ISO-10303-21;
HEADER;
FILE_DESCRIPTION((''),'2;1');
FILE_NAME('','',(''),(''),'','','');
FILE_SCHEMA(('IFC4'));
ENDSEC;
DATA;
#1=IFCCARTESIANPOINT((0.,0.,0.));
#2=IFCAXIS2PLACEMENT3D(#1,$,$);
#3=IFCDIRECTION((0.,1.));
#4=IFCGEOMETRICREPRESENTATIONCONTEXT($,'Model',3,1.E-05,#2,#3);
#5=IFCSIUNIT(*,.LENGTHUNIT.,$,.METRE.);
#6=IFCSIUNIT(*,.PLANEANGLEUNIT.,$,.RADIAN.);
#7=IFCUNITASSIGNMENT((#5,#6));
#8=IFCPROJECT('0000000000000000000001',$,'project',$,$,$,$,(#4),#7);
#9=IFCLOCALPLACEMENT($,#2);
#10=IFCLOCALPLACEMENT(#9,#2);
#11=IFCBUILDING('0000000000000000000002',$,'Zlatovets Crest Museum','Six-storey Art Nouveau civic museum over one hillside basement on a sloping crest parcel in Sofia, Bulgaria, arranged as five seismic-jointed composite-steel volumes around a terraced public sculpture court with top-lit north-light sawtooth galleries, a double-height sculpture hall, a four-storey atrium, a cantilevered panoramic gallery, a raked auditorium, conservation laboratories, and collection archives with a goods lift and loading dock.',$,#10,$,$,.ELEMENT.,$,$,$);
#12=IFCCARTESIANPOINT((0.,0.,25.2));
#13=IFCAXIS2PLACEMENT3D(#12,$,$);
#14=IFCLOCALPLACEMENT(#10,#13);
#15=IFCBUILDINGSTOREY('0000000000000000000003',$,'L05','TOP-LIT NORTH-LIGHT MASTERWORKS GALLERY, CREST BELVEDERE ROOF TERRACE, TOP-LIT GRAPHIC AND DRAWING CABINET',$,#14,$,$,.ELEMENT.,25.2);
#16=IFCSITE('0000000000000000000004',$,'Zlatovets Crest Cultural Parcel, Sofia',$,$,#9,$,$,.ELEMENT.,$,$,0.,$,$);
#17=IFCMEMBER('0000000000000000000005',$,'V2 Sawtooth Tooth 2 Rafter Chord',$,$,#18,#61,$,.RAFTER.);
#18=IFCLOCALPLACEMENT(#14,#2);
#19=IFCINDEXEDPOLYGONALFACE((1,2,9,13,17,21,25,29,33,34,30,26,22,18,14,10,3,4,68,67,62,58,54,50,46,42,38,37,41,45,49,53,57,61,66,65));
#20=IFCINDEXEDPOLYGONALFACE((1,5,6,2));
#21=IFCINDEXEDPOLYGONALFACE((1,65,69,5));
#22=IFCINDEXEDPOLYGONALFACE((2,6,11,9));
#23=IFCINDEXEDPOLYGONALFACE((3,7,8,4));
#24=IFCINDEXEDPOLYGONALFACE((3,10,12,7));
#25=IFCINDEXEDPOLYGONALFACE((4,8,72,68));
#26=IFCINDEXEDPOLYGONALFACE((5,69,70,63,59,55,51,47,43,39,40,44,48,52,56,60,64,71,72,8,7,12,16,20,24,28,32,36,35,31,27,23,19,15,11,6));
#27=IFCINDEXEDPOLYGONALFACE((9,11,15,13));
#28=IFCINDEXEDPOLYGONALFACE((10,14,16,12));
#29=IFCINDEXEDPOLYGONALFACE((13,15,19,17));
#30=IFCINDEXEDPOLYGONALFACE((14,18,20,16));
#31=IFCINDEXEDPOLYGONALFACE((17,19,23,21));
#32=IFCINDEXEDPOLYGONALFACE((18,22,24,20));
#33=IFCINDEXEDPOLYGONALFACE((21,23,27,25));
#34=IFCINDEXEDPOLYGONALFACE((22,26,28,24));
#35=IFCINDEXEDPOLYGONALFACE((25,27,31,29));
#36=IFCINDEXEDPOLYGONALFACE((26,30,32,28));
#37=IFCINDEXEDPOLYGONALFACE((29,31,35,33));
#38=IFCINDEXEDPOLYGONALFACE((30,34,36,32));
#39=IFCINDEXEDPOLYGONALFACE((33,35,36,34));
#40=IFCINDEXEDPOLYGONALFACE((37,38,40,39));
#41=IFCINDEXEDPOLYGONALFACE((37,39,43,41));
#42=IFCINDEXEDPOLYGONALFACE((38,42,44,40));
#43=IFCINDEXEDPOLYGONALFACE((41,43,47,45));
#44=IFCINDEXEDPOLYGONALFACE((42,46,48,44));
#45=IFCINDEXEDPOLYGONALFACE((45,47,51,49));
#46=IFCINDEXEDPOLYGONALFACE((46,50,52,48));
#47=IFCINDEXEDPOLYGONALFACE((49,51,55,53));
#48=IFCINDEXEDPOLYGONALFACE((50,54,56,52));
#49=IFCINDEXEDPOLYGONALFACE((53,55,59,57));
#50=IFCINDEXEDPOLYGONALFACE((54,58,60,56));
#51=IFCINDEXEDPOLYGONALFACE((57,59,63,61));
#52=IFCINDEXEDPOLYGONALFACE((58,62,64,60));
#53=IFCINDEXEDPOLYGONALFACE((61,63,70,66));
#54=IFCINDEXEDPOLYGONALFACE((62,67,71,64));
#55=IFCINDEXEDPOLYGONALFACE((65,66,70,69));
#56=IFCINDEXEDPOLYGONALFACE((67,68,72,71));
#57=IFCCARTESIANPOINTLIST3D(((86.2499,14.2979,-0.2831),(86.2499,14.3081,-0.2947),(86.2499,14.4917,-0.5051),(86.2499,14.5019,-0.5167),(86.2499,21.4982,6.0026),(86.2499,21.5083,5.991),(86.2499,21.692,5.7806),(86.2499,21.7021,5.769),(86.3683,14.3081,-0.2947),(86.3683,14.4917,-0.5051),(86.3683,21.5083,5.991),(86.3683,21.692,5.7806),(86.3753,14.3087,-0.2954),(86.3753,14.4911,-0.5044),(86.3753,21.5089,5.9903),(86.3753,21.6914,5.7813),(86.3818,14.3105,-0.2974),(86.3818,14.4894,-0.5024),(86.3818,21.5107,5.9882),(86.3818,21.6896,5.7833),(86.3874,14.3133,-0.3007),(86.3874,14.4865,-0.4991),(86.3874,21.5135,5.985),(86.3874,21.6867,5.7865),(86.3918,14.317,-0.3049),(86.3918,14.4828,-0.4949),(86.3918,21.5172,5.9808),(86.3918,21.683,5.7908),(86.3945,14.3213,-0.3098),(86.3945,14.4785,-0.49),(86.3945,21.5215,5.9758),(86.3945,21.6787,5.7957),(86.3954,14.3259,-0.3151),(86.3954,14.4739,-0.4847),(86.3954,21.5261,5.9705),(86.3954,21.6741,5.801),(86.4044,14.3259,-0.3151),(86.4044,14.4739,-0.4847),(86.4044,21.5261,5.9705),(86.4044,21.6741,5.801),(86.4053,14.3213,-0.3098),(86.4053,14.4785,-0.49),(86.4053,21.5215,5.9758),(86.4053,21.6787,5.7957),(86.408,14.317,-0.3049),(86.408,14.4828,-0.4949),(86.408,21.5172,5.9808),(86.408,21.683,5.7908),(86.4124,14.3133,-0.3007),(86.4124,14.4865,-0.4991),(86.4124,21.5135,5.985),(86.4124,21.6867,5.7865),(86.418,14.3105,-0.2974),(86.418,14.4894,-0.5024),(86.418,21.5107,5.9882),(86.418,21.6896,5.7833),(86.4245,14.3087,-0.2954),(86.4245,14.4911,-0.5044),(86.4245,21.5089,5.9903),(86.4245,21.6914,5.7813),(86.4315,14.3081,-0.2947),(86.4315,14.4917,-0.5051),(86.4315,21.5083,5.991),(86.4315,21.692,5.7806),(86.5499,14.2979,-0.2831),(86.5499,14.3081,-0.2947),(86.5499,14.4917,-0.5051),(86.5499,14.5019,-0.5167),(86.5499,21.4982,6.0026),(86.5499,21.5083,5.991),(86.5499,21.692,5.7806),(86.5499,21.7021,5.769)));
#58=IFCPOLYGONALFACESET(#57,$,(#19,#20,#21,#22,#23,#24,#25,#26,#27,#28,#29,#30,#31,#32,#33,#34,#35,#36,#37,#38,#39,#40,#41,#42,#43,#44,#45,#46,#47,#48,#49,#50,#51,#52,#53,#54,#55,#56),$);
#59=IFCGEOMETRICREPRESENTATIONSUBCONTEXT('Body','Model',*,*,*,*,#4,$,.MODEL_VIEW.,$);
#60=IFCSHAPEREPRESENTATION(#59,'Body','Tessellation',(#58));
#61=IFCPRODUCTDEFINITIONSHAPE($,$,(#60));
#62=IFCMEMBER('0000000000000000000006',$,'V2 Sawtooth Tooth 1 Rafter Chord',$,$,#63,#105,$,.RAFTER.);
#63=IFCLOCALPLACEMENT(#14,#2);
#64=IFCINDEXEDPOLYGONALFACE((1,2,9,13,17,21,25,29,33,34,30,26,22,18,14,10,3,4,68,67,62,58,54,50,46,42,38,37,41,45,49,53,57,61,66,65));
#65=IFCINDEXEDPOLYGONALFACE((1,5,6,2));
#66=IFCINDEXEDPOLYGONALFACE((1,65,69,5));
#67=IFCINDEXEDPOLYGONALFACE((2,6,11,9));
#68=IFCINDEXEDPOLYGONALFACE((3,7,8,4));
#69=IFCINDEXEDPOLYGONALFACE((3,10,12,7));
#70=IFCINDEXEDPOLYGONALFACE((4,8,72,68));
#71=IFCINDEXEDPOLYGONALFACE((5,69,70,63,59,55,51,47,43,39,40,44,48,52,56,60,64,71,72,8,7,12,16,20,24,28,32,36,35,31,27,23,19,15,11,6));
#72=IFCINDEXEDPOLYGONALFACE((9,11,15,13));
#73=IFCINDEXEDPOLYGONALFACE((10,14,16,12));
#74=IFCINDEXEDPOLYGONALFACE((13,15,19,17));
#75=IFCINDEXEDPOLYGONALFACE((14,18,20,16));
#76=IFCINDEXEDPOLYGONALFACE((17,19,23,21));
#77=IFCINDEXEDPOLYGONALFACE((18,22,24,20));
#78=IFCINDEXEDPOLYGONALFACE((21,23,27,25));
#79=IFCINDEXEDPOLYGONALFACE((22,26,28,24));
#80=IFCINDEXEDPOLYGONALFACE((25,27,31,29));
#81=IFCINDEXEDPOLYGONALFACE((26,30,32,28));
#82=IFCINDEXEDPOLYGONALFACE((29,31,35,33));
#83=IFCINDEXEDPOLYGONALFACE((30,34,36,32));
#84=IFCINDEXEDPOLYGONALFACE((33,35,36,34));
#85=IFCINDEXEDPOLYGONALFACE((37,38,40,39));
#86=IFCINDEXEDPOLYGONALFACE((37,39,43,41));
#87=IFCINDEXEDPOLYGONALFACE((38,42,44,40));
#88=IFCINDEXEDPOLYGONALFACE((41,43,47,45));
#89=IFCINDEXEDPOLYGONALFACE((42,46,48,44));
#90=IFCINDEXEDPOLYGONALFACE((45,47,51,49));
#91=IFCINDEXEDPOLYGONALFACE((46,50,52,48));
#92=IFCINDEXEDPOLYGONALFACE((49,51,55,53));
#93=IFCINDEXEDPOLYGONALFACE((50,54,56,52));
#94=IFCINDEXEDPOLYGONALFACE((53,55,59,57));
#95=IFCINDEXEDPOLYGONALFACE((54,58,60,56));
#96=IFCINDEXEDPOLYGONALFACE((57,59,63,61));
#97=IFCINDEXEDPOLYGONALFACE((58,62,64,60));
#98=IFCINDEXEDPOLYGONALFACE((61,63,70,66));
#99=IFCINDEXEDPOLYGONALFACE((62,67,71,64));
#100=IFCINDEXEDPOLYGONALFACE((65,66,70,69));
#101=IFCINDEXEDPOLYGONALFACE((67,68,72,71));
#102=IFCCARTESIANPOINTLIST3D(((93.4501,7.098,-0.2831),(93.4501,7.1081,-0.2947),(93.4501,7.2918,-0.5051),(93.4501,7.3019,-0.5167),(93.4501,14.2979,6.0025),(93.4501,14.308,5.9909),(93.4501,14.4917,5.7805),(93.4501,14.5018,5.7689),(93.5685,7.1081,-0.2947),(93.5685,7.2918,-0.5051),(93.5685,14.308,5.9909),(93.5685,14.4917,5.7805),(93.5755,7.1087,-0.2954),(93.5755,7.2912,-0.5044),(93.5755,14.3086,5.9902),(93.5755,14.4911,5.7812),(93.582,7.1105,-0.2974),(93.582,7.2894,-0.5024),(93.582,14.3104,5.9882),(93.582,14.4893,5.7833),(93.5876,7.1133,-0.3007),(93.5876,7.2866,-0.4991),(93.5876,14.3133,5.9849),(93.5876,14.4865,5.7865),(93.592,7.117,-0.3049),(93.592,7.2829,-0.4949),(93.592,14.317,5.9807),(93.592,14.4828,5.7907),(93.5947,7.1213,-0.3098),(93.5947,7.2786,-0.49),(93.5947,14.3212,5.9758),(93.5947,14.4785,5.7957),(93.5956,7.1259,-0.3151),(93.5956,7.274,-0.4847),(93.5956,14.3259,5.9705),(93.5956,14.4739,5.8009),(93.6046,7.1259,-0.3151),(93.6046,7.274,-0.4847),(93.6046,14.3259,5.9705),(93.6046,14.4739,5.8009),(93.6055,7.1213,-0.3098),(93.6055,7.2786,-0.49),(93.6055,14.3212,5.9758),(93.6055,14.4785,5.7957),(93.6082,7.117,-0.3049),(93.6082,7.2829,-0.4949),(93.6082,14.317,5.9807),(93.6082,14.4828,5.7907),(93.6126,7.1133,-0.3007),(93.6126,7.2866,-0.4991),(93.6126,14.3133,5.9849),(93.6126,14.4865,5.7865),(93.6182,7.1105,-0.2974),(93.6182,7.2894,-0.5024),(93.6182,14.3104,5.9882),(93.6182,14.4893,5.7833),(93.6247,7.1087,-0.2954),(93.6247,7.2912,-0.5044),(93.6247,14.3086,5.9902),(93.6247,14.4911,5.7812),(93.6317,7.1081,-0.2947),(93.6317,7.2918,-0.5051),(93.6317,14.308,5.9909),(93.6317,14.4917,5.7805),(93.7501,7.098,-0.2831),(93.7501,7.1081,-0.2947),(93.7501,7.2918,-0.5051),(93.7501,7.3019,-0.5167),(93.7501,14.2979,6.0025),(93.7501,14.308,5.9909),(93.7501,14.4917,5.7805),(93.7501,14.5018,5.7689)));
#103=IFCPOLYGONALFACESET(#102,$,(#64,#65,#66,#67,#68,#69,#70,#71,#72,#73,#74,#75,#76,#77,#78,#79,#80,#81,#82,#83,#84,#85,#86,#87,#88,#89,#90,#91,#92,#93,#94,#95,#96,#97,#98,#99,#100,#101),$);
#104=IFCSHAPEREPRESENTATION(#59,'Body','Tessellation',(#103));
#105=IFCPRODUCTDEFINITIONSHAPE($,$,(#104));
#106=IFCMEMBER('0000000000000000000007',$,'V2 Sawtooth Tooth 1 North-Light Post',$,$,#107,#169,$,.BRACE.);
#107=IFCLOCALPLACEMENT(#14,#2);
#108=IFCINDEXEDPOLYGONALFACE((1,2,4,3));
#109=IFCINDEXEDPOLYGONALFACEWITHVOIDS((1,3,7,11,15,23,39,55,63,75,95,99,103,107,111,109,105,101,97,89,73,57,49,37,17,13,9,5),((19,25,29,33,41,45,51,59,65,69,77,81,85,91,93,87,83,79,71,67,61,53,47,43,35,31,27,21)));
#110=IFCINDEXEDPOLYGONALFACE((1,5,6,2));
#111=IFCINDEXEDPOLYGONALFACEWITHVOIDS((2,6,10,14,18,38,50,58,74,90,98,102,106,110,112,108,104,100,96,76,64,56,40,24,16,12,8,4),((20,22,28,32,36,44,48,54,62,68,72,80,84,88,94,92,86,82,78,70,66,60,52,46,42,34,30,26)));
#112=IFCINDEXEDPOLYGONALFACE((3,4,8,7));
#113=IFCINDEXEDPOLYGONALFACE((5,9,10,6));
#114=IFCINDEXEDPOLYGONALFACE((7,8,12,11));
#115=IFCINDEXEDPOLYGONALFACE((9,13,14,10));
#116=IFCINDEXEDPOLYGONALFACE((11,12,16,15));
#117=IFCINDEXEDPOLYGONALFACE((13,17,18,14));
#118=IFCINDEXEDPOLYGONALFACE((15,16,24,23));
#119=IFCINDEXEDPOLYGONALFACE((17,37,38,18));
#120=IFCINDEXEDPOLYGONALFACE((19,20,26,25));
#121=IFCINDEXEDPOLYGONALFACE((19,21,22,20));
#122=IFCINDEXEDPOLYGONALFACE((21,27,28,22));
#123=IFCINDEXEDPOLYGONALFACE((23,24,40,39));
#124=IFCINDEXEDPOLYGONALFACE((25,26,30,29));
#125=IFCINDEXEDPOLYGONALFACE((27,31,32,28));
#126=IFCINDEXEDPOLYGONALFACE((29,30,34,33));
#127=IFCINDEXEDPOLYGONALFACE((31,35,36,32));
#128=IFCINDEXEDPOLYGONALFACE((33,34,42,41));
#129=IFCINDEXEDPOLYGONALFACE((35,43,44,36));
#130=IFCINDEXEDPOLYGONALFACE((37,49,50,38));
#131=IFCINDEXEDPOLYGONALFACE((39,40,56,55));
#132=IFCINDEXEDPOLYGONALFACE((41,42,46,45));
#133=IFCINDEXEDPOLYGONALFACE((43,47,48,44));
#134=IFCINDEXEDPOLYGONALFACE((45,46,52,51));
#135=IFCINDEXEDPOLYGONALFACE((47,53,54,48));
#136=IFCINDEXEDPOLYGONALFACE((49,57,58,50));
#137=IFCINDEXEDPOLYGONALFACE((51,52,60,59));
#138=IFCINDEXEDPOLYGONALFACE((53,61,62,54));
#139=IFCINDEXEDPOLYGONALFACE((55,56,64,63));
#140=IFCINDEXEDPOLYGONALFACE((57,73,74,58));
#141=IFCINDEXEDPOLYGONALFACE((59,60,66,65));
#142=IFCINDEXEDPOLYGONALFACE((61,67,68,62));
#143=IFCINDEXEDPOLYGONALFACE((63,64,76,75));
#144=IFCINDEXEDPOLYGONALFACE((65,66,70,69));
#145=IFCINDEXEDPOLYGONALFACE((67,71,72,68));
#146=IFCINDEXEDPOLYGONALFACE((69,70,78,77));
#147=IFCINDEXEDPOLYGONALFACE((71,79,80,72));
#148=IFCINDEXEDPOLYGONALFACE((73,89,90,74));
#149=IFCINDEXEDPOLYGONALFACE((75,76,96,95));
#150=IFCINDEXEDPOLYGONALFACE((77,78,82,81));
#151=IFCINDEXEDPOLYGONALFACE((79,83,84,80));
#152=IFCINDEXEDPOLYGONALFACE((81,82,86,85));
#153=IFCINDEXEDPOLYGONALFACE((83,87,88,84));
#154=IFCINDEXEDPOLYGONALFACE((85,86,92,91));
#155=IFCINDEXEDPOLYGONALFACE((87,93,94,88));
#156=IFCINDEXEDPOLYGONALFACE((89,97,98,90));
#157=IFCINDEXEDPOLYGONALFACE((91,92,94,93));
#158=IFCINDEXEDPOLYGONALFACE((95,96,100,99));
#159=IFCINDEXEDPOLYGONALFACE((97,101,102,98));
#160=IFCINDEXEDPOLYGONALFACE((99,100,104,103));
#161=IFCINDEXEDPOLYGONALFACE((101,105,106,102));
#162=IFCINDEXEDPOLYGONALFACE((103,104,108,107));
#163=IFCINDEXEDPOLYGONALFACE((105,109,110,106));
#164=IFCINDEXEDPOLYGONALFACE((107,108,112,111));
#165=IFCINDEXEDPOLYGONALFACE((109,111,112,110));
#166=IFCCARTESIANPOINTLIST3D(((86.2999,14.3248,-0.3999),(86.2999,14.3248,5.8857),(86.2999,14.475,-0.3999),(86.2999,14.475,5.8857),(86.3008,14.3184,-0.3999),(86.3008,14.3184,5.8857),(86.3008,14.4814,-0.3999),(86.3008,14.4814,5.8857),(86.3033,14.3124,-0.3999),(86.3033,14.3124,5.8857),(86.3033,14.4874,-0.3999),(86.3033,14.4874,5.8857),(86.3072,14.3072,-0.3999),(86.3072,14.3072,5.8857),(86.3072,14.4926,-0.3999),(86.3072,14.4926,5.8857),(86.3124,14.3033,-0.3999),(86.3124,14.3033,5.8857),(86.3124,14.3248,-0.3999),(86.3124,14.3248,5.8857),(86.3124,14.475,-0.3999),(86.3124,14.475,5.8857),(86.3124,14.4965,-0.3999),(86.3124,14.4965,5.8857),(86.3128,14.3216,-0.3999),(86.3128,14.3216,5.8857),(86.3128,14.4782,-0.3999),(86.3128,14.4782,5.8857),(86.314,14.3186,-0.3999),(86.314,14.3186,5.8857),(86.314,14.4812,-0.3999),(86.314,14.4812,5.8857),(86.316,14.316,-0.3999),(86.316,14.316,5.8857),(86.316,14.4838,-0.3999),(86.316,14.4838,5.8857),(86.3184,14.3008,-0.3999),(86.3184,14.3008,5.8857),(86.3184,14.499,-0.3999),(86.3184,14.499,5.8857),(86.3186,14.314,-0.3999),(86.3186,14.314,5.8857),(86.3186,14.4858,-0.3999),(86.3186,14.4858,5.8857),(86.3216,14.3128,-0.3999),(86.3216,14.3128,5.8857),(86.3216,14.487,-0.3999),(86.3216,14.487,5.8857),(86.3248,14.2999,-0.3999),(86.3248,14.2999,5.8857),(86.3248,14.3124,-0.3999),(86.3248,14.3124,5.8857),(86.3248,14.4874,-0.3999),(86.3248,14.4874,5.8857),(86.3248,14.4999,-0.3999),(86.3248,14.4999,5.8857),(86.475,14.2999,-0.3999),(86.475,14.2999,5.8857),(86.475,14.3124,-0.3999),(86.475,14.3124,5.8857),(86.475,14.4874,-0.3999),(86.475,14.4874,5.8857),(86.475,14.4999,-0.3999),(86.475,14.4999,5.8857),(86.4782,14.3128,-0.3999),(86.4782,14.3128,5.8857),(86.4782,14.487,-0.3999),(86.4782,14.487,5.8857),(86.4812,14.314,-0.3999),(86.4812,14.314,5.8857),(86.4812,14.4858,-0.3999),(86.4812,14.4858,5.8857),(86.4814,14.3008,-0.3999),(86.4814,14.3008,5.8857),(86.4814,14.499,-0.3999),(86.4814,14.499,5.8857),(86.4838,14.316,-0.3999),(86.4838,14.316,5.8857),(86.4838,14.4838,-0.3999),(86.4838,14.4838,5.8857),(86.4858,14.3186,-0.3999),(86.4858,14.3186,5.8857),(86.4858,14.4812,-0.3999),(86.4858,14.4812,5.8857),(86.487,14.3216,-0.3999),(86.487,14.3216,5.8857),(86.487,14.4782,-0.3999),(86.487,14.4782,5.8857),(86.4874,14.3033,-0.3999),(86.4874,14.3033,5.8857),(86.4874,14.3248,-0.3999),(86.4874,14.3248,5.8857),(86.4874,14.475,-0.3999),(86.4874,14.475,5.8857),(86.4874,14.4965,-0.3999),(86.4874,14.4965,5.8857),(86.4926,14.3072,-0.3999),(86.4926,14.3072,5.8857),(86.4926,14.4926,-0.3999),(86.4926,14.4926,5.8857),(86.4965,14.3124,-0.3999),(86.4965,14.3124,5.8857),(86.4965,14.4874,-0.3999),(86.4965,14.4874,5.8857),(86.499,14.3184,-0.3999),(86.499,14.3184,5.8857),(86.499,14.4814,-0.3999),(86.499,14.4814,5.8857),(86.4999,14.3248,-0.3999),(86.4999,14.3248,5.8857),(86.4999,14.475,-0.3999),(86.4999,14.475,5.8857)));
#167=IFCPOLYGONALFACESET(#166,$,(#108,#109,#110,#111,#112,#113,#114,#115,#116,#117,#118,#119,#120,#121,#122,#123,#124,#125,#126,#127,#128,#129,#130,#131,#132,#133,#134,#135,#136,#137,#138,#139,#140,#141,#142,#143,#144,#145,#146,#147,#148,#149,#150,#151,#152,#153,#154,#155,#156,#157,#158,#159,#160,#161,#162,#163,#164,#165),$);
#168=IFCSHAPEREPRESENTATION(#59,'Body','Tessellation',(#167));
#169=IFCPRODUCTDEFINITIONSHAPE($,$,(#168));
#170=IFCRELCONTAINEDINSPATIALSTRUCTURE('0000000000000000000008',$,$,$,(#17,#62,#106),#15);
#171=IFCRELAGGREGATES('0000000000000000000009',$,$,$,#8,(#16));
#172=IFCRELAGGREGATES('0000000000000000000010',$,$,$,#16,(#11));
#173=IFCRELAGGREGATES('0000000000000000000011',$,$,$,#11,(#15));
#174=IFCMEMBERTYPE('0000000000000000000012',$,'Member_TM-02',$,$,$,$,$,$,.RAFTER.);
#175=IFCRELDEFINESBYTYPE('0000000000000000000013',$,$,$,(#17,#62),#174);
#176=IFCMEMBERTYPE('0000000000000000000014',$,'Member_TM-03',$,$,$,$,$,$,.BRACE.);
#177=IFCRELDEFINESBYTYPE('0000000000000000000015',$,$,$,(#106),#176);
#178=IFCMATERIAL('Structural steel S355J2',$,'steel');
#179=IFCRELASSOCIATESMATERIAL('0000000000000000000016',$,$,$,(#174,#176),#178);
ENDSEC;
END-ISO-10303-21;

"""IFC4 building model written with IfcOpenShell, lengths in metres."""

from ifc_helpers import new_model, si_unit, direction, frame, origin, origin_2d, place, context, subcontext, project, spatial, hollow_rectangle, i_section, extrude, material, material_profile, profile_set, type_object, element, save


model = new_model("IFC4")

# Units and contexts
model_context = context("Model", 3, precision=1e-05, world=origin(), true_north=direction((0.0, 1.0)))
body_context = subcontext(model_context, "Body", "Model", "MODEL_VIEW")
ifc_project = project(units=[si_unit("LENGTHUNIT", "METRE"), si_unit("PLANEANGLEUNIT", "RADIAN")], contexts=[model_context])

# Site, building, storey
site_placement = place(None, origin())
site = spatial("IfcSite", under=ifc_project, at=site_placement, Name="Zlatovets Crest Cultural Parcel, Sofia", CompositionType="ELEMENT", RefElevation=0.0)
building_placement = place(site_placement, origin())
building = spatial("IfcBuilding", under=site, at=building_placement, Name="Zlatovets Crest Museum", Description="Six-storey Art Nouveau civic museum over one hillside basement on a sloping crest parcel in Sofia, Bulgaria, arranged as five seismic-jointed composite-steel volumes around a terraced public sculpture court with top-lit north-light sawtooth galleries, a double-height sculpture hall, a four-storey atrium, a cantilevered panoramic gallery, a raked auditorium, conservation laboratories, and collection archives with a goods lift and loading dock.", CompositionType="ELEMENT")
storey_placement = place(building_placement, frame((0.0, 0.0, 25.2)))
storey = spatial("IfcBuildingStorey", under=building, at=storey_placement, Name="L05", Description="TOP-LIT NORTH-LIGHT MASTERWORKS GALLERY, CREST BELVEDERE ROOF TERRACE, TOP-LIT GRAPHIC AND DRAWING CABINET", CompositionType="ELEMENT", Elevation=25.2)

# Shared definitions
ifc_material_1 = material(Name="Structural steel S355J2", Category="steel")

# Members
ifc_material_profile_1 = material_profile(ifc_material_1, i_section(OverallWidth=0.3, OverallDepth=0.3101, WebThickness=0.009, FlangeThickness=0.0154, FilletRadius=0.0271, at=origin_2d()), Name="HEA 320")
ifc_profile_set_1 = profile_set([ifc_material_profile_1], Name="Structural steel S355J2")
member_type_1 = type_object("IfcMemberType", Name="Member_TM-02", PredefinedType="RAFTER", material=ifc_profile_set_1)
member_1_placement = place(storey_placement, frame((86.3999, 14.3999, -0.3999), z_axis=(0.0, 0.753329, 0.657643), x_axis=(-1.0, 0.0, 0.0)))
element("IfcMember", 1, at=member_1_placement, inside=storey, type_object=member_type_1, Name="V2 Sawtooth Tooth 2 Rafter Chord", PredefinedType="RAFTER", context=body_context, shape_type="SweptSolid", body=[
    extrude(i_section(OverallWidth=0.3, OverallDepth=0.3101, WebThickness=0.009, FlangeThickness=0.0154, FilletRadius=0.0271, at=origin_2d()), origin(), (0.0, 0.0, 1.0), 9.5579),
])
member_2_placement = place(storey_placement, frame((93.6001, 7.2, -0.3999), z_axis=(0.0, 0.753318, 0.657656), x_axis=(-1.0, 0.0, 0.0)))
element("IfcMember", 2, at=member_2_placement, inside=storey, type_object=member_type_1, Name="V2 Sawtooth Tooth 1 Rafter Chord", PredefinedType="RAFTER", context=body_context, shape_type="SweptSolid", body=[
    extrude(i_section(OverallWidth=0.3, OverallDepth=0.3101, WebThickness=0.009, FlangeThickness=0.0154, FilletRadius=0.0271, at=origin_2d()), origin(), (0.0, 0.0, 1.0), 9.5576),
])
ifc_material_profile_2 = material_profile(ifc_material_1, hollow_rectangle(XDim=0.2, YDim=0.2, WallThickness=0.0125, InnerFilletRadius=0.0125, OuterFilletRadius=0.0249, at=origin_2d()), Name="SHS 200x200x12.5")
ifc_profile_set_2 = profile_set([ifc_material_profile_2], Name="Structural steel S355J2")
member_type_2 = type_object("IfcMemberType", Name="Member_TM-03", PredefinedType="BRACE", material=ifc_profile_set_2)
member_3_placement = place(storey_placement, frame((86.3999, 14.3999, -0.3999), z_axis=(0.0, 0.0, 1.0), x_axis=(1.0, 0.0, 0.0)))
element("IfcMember", 3, at=member_3_placement, inside=storey, type_object=member_type_2, Name="V2 Sawtooth Tooth 1 North-Light Post", PredefinedType="BRACE", context=body_context, shape_type="SweptSolid", body=[
    extrude(hollow_rectangle(XDim=0.2, YDim=0.2, WallThickness=0.0125, InnerFilletRadius=0.0125, OuterFilletRadius=0.0249, at=origin_2d()), origin(), (0.0, 0.0, 1.0), 6.2856),
])

save(model, "model.ifc")
